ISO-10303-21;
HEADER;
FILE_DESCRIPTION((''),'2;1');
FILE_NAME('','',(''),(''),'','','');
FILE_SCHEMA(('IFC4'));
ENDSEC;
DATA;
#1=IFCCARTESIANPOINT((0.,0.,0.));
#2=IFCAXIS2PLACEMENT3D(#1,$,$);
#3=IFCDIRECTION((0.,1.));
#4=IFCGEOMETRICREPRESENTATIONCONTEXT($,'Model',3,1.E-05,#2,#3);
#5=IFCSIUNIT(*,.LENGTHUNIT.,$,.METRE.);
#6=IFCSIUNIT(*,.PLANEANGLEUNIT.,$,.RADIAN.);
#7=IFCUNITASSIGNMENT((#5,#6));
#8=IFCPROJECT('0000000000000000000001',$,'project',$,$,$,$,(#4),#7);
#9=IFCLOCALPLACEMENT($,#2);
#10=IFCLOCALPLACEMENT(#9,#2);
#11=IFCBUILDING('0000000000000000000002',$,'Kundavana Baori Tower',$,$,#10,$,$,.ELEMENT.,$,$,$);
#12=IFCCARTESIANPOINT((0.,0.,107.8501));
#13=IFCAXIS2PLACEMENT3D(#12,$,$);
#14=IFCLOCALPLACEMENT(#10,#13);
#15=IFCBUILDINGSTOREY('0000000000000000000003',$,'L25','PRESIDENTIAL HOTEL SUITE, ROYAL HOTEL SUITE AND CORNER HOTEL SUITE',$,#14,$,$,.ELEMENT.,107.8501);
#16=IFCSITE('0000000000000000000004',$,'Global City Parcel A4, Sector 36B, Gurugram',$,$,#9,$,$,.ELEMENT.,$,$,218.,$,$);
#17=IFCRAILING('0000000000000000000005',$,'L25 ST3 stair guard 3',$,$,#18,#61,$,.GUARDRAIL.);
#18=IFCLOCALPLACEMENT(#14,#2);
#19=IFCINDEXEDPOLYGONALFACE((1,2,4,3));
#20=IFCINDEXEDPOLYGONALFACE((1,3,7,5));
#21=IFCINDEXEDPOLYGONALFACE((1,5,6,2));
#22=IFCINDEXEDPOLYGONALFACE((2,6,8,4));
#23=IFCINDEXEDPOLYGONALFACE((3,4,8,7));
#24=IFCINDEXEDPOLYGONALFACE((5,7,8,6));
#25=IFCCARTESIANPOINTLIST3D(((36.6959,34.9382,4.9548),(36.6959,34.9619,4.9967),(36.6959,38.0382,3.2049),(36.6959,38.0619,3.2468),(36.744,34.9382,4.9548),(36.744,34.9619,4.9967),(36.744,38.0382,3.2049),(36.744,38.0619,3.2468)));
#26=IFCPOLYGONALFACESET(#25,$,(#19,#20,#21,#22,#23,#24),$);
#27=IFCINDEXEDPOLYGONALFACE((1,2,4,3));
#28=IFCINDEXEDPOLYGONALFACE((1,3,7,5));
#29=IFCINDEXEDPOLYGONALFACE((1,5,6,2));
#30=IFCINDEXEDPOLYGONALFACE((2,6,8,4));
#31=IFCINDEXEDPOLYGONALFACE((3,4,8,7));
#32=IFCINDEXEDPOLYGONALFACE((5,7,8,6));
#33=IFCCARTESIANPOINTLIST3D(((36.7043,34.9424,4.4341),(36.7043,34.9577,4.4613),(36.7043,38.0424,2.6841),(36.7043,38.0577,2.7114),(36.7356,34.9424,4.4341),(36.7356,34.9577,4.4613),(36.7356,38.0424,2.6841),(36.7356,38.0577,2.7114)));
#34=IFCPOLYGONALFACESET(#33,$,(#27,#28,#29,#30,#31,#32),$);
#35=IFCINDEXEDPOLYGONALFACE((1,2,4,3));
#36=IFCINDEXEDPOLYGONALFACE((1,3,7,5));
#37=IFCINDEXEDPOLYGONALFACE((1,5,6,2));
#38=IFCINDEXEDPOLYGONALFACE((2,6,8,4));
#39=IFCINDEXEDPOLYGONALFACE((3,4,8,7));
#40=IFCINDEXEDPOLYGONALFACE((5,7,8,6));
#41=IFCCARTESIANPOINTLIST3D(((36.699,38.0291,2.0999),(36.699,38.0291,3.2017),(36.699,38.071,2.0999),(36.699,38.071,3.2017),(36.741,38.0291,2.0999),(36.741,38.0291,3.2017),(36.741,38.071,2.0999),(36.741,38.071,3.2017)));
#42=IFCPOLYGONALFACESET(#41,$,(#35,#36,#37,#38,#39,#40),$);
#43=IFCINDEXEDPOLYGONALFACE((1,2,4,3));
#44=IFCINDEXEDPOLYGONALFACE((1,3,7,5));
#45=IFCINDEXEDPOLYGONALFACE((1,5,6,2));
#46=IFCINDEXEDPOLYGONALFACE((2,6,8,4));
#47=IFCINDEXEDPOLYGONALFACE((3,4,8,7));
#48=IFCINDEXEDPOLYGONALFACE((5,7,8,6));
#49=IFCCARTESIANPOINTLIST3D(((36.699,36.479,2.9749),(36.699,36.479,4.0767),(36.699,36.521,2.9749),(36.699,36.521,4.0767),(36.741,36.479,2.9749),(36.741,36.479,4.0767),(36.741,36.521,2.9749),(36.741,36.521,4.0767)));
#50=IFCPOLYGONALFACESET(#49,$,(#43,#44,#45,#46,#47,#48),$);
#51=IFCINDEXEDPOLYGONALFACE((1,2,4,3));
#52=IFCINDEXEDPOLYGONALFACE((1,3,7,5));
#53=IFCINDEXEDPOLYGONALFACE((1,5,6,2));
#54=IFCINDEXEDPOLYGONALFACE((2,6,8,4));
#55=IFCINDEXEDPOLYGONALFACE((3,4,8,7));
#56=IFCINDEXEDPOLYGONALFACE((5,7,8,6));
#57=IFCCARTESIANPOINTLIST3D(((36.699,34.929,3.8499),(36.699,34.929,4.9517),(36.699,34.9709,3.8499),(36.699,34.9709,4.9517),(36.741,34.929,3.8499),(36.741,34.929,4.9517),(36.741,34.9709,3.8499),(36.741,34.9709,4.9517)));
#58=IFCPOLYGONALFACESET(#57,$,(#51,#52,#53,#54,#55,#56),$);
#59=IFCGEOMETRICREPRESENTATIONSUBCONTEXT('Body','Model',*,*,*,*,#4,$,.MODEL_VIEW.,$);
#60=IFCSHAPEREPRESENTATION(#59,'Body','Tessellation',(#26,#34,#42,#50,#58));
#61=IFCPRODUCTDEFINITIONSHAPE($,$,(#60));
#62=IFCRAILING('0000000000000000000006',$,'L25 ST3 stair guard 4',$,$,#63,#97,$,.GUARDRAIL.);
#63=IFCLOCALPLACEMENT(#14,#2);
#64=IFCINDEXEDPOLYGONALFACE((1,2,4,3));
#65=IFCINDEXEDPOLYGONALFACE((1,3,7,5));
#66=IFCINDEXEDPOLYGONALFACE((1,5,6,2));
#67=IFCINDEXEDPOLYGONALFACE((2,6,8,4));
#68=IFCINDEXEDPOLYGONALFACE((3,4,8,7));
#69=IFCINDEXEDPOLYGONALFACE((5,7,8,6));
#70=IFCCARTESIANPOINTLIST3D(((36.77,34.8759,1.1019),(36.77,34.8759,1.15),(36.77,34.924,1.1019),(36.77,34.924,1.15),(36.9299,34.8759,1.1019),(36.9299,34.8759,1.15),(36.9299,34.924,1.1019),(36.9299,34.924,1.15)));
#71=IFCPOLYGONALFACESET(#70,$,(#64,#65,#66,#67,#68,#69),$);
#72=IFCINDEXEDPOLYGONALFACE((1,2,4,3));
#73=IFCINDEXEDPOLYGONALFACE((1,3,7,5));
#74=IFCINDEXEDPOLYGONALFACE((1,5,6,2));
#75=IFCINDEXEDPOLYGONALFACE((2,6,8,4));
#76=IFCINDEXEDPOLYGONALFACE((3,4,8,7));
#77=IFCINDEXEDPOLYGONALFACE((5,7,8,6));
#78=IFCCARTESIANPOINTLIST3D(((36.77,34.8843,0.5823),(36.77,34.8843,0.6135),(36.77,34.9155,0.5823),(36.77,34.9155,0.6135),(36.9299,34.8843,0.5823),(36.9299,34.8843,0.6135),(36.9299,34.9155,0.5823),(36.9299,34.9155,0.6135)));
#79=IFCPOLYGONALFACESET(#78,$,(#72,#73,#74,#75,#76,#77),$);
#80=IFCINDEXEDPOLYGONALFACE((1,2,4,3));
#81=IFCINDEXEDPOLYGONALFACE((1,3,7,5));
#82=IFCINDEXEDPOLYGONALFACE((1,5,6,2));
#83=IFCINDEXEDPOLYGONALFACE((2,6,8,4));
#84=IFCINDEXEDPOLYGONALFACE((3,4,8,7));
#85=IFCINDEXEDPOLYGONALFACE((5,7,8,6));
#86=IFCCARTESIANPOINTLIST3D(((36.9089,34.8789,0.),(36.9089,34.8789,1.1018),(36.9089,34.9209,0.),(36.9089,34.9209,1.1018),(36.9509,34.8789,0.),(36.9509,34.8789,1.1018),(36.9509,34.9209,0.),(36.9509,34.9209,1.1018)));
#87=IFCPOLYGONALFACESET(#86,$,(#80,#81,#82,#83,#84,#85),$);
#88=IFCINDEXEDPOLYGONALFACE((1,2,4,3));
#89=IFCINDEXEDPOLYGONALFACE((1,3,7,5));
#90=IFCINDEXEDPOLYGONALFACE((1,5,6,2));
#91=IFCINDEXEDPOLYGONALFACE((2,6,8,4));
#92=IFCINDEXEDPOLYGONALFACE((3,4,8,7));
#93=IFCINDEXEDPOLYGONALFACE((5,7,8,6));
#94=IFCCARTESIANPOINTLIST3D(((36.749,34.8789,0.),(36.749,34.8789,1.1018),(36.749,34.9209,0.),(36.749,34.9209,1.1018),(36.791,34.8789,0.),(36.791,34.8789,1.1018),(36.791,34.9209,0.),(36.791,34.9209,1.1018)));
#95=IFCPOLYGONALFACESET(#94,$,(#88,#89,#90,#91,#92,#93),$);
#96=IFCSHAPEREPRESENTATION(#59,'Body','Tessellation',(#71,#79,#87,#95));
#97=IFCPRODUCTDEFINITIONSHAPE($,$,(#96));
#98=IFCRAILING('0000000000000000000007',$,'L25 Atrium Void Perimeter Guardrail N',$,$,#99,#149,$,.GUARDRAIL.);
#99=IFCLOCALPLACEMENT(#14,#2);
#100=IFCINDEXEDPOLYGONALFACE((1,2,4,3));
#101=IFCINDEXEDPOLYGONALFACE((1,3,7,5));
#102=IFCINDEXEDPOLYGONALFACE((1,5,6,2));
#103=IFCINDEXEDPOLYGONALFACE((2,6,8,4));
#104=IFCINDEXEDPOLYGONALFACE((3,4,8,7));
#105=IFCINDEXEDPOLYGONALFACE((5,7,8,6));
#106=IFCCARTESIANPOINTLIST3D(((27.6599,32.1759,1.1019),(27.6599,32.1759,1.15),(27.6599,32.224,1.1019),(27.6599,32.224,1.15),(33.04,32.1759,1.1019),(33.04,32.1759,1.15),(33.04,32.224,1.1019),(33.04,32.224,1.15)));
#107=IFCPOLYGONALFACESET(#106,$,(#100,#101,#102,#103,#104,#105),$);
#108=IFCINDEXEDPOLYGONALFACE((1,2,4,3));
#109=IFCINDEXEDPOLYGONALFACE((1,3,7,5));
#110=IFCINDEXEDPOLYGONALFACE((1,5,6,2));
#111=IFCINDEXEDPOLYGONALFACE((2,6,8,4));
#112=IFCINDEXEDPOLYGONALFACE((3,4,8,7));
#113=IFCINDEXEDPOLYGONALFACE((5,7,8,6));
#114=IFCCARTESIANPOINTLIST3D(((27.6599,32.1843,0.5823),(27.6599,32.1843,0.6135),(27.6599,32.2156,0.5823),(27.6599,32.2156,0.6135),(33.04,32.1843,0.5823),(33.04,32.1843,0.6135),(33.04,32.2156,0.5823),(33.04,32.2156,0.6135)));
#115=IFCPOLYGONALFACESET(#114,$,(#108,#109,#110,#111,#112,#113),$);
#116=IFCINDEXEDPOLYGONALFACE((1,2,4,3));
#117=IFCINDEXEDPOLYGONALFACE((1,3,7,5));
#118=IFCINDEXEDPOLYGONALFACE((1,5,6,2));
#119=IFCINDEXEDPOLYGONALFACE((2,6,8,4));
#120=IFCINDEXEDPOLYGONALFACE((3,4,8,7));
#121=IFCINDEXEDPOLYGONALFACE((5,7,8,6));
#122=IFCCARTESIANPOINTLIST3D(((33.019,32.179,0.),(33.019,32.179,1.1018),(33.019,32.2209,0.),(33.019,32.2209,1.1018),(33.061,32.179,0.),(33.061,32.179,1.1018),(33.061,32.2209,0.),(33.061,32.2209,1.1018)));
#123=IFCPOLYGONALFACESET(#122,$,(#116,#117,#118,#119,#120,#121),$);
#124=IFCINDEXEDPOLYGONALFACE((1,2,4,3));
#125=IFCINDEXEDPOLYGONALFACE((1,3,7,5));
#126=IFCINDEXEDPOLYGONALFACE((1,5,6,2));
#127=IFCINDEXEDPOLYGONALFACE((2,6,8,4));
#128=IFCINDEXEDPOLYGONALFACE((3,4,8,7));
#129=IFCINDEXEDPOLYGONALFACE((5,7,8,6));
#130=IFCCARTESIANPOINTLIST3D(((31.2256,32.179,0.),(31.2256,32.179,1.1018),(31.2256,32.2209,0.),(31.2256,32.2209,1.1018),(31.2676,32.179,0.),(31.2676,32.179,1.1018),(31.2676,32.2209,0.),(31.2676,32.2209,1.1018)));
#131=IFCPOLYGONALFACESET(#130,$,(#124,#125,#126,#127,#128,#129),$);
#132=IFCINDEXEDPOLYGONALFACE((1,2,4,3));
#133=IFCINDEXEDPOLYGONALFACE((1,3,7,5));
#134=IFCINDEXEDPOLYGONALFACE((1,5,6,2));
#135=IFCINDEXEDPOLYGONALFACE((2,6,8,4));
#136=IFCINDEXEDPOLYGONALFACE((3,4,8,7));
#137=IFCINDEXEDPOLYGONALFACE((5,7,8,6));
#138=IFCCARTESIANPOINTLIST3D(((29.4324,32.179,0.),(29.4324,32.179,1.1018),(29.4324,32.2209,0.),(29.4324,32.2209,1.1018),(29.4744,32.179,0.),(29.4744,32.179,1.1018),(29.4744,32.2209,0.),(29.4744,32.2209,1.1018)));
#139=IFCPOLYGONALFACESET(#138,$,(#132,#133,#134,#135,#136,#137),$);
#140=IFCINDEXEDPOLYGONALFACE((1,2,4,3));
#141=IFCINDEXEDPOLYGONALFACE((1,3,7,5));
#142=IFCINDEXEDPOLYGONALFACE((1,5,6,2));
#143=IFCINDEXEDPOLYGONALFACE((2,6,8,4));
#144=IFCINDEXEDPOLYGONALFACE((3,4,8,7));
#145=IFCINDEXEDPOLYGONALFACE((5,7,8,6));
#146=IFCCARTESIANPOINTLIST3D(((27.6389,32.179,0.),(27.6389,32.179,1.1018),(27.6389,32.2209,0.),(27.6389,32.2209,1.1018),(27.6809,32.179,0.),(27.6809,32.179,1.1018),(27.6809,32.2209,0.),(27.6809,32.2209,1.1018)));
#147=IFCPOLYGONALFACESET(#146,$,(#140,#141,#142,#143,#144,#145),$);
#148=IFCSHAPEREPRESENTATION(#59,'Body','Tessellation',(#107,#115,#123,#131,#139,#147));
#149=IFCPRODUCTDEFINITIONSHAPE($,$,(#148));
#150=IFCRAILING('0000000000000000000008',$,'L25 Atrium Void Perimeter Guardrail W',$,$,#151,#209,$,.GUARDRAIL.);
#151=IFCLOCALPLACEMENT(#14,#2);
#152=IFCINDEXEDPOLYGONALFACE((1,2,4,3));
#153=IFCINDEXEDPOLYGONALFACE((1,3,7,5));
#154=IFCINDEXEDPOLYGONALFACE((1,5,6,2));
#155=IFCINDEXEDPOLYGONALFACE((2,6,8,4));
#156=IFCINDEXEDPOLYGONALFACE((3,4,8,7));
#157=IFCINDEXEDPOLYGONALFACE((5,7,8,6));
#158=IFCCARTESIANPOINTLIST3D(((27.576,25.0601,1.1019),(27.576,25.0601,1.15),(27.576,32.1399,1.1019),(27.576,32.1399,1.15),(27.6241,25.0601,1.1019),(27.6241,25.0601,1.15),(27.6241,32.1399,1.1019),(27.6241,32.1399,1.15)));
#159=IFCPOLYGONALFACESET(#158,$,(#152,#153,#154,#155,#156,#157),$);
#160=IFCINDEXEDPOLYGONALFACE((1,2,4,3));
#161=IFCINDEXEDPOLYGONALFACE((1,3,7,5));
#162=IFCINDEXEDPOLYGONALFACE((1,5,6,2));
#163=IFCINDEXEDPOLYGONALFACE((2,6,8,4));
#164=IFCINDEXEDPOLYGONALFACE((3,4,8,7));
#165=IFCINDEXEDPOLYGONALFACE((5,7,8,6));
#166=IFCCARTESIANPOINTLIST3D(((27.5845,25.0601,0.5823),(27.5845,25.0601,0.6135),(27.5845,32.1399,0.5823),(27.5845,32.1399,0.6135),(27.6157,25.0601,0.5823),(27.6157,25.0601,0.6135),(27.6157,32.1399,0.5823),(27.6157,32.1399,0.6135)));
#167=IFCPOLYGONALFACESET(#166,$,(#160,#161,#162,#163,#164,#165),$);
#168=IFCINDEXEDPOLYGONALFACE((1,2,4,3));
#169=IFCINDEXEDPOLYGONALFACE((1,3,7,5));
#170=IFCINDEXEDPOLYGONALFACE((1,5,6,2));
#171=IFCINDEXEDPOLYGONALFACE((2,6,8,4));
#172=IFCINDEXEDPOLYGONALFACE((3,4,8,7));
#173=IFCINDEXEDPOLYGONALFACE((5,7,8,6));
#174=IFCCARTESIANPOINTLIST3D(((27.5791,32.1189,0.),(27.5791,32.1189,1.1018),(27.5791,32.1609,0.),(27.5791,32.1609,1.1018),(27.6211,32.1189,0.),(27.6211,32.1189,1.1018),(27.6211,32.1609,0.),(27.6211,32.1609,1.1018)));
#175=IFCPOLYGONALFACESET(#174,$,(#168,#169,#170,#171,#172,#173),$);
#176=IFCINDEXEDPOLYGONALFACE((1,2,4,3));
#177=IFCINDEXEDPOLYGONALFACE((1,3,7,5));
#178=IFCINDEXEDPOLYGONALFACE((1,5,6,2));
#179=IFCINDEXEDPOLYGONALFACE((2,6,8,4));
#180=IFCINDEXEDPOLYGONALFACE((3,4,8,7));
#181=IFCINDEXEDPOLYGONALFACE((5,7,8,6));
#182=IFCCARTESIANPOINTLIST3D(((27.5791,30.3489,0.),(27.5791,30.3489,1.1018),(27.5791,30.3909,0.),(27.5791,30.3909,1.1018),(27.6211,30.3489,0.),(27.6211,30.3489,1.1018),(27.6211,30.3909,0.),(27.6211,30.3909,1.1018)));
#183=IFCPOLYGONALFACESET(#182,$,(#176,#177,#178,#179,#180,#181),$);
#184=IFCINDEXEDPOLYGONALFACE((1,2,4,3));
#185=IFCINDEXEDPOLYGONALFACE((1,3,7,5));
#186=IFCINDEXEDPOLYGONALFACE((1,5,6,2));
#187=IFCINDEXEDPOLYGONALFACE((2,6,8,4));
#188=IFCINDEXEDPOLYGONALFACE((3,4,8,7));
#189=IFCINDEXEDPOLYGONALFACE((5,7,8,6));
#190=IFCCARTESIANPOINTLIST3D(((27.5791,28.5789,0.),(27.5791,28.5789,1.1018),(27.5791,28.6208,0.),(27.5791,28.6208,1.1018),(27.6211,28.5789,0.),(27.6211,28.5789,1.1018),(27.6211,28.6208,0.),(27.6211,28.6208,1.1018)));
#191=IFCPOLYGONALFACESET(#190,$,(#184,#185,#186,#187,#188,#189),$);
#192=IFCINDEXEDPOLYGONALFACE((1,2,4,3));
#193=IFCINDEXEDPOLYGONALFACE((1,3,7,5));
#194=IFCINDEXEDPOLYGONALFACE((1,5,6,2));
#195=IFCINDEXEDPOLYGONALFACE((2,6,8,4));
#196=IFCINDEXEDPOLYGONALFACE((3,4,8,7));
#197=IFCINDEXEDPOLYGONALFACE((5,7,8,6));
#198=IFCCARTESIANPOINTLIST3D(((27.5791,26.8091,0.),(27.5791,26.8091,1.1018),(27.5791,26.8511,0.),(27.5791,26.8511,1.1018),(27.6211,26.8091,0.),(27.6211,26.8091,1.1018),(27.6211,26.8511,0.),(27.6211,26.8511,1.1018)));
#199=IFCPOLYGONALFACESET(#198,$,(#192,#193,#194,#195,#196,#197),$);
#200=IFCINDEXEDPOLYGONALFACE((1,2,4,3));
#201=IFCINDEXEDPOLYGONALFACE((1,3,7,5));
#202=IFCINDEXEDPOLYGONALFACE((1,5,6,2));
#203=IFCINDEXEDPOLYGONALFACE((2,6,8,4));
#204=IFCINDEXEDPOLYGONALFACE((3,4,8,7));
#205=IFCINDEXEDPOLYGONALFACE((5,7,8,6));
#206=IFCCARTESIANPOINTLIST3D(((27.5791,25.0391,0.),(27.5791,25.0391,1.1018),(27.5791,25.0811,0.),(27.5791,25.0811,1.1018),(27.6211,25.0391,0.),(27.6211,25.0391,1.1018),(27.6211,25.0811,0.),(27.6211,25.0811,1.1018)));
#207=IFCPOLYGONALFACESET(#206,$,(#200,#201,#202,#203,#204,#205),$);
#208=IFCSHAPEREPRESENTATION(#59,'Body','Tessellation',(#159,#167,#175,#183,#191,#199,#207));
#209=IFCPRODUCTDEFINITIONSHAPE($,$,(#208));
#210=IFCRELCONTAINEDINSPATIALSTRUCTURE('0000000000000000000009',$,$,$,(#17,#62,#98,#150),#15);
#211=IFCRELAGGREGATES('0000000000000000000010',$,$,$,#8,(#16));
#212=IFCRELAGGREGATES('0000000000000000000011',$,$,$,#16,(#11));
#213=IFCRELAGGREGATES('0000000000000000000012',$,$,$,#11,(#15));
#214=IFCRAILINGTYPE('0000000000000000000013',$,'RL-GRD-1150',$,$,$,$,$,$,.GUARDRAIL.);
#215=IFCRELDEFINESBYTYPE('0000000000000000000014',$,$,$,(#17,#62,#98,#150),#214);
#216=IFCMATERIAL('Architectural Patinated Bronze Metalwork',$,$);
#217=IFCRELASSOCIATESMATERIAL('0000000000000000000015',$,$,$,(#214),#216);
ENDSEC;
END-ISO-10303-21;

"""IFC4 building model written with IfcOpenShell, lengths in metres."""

from ifc_helpers import new_model, si_unit, direction, frame, origin, origin_2d, place, context, subcontext, project, spatial, rectangle, extrude, material, type_object, element, save


model = new_model("IFC4")

# Units and contexts
model_context = context("Model", 3, precision=1e-05, world=origin(), true_north=direction((0.0, 1.0)))
body_context = subcontext(model_context, "Body", "Model", "MODEL_VIEW")
ifc_project = project(units=[si_unit("LENGTHUNIT", "METRE"), si_unit("PLANEANGLEUNIT", "RADIAN")], contexts=[model_context])

# Site, building, storey
site_placement = place(None, origin())
site = spatial("IfcSite", under=ifc_project, at=site_placement, Name="Global City Parcel A4, Sector 36B, Gurugram", CompositionType="ELEMENT", RefElevation=218.0)
building_placement = place(site_placement, origin())
building = spatial("IfcBuilding", under=site, at=building_placement, Name="Kundavana Baori Tower", CompositionType="ELEMENT")
storey_placement = place(building_placement, frame((0.0, 0.0, 107.8501)))
storey = spatial("IfcBuildingStorey", under=building, at=storey_placement, Name="L25", Description="PRESIDENTIAL HOTEL SUITE, ROYAL HOTEL SUITE AND CORNER HOTEL SUITE", CompositionType="ELEMENT", Elevation=107.8501)

# Railings
ifc_material_1 = material(Name="Architectural Patinated Bronze Metalwork")
railing_type_1 = type_object("IfcRailingType", Name="RL-GRD-1150", PredefinedType="GUARDRAIL", material=ifc_material_1)
railing_1_placement = place(storey_placement, frame((36.72, 38.05, 2.0999)))
element("IfcRailing", 1, at=railing_1_placement, inside=storey, type_object=railing_type_1, Name="L25 ST3 stair guard 3", PredefinedType="GUARDRAIL", context=body_context, shape_type="SweptSolid", body=[
    extrude(rectangle(XDim=0.0481, YDim=0.0481, at=origin_2d()), frame((0.0, 0.0, 1.126), z_axis=(0.0, -0.870831, 0.491583), x_axis=(1.0, 0.0, 0.0)), (0.0, 0.0, 1.0), 3.5598),
    extrude(rectangle(XDim=0.0312, YDim=0.0312, at=origin_2d()), frame((0.0, 0.0, 0.5979), z_axis=(0.0, -0.870831, 0.491583), x_axis=(1.0, 0.0, 0.0)), (0.0, 0.0, 1.0), 3.5598),
    extrude(rectangle(XDim=0.042, YDim=0.042, at=origin_2d()), origin(), (0.0, 0.0, 1.0), 1.1018),
    extrude(rectangle(XDim=0.042, YDim=0.042, at=origin_2d()), frame((0.0, -1.55, 0.875)), (0.0, 0.0, 1.0), 1.1018),
    extrude(rectangle(XDim=0.042, YDim=0.042, at=origin_2d()), frame((0.0, -3.1001, 1.75)), (0.0, 0.0, 1.0), 1.1018),
])
railing_2_placement = place(storey_placement, frame((36.9299, 34.8999, 0.0)))
element("IfcRailing", 2, at=railing_2_placement, inside=storey, type_object=railing_type_1, Name="L25 ST3 stair guard 4", PredefinedType="GUARDRAIL", context=body_context, shape_type="SweptSolid", body=[
    extrude(rectangle(XDim=0.0481, YDim=0.0481, at=origin_2d()), frame((0.0, 0.0, 1.126), z_axis=(-1.0, 0.0, 0.0), x_axis=(0.0, -1.0, 0.0)), (0.0, 0.0, 1.0), 0.1599),
    extrude(rectangle(XDim=0.0312, YDim=0.0312, at=origin_2d()), frame((0.0, 0.0, 0.5979), z_axis=(-1.0, 0.0, 0.0), x_axis=(0.0, -1.0, 0.0)), (0.0, 0.0, 1.0), 0.1599),
    extrude(rectangle(XDim=0.042, YDim=0.042, at=origin_2d()), origin(), (0.0, 0.0, 1.0), 1.1018),
    extrude(rectangle(XDim=0.042, YDim=0.042, at=origin_2d()), frame((-0.1599, 0.0, 0.0)), (0.0, 0.0, 1.0), 1.1018),
])
railing_3_placement = place(storey_placement, frame((33.04, 32.2, 0.0)))
element("IfcRailing", 3, at=railing_3_placement, inside=storey, type_object=railing_type_1, Name="L25 Atrium Void Perimeter Guardrail N", PredefinedType="GUARDRAIL", context=body_context, shape_type="SweptSolid", body=[
    extrude(rectangle(XDim=0.0481, YDim=0.0481, at=origin_2d()), frame((0.0, 0.0, 1.126), z_axis=(-1.0, 0.0, 0.0), x_axis=(0.0, -1.0, 0.0)), (0.0, 0.0, 1.0), 5.3801),
    extrude(rectangle(XDim=0.0312, YDim=0.0312, at=origin_2d()), frame((0.0, 0.0, 0.5979), z_axis=(-1.0, 0.0, 0.0), x_axis=(0.0, -1.0, 0.0)), (0.0, 0.0, 1.0), 5.3801),
    extrude(rectangle(XDim=0.042, YDim=0.042, at=origin_2d()), origin(), (0.0, 0.0, 1.0), 1.1018),
    extrude(rectangle(XDim=0.042, YDim=0.042, at=origin_2d()), frame((-1.7935, 0.0, 0.0)), (0.0, 0.0, 1.0), 1.1018),
    extrude(rectangle(XDim=0.042, YDim=0.042, at=origin_2d()), frame((-3.5867, 0.0, 0.0)), (0.0, 0.0, 1.0), 1.1018),
    extrude(rectangle(XDim=0.042, YDim=0.042, at=origin_2d()), frame((-5.3801, 0.0, 0.0)), (0.0, 0.0, 1.0), 1.1018),
])
railing_4_placement = place(storey_placement, frame((27.6001, 32.1399, 0.0)))
element("IfcRailing", 4, at=railing_4_placement, inside=storey, type_object=railing_type_1, Name="L25 Atrium Void Perimeter Guardrail W", PredefinedType="GUARDRAIL", context=body_context, shape_type="SweptSolid", body=[
    extrude(rectangle(XDim=0.0481, YDim=0.0481, at=origin_2d()), frame((0.0, 0.0, 1.126), z_axis=(0.0, -1.0, 0.0), x_axis=(1.0, 0.0, 0.0)), (0.0, 0.0, 1.0), 7.0798),
    extrude(rectangle(XDim=0.0312, YDim=0.0312, at=origin_2d()), frame((0.0, 0.0, 0.5979), z_axis=(0.0, -1.0, 0.0), x_axis=(1.0, 0.0, 0.0)), (0.0, 0.0, 1.0), 7.0798),
    extrude(rectangle(XDim=0.042, YDim=0.042, at=origin_2d()), origin(), (0.0, 0.0, 1.0), 1.1018),
    extrude(rectangle(XDim=0.042, YDim=0.042, at=origin_2d()), frame((0.0, -1.77, 0.0)), (0.0, 0.0, 1.0), 1.1018),
    extrude(rectangle(XDim=0.042, YDim=0.042, at=origin_2d()), frame((0.0, -3.54, 0.0)), (0.0, 0.0, 1.0), 1.1018),
    extrude(rectangle(XDim=0.042, YDim=0.042, at=origin_2d()), frame((0.0, -5.3098, 0.0)), (0.0, 0.0, 1.0), 1.1018),
    extrude(rectangle(XDim=0.042, YDim=0.042, at=origin_2d()), frame((0.0, -7.0798, 0.0)), (0.0, 0.0, 1.0), 1.1018),
])

save(model, "model.ifc")
